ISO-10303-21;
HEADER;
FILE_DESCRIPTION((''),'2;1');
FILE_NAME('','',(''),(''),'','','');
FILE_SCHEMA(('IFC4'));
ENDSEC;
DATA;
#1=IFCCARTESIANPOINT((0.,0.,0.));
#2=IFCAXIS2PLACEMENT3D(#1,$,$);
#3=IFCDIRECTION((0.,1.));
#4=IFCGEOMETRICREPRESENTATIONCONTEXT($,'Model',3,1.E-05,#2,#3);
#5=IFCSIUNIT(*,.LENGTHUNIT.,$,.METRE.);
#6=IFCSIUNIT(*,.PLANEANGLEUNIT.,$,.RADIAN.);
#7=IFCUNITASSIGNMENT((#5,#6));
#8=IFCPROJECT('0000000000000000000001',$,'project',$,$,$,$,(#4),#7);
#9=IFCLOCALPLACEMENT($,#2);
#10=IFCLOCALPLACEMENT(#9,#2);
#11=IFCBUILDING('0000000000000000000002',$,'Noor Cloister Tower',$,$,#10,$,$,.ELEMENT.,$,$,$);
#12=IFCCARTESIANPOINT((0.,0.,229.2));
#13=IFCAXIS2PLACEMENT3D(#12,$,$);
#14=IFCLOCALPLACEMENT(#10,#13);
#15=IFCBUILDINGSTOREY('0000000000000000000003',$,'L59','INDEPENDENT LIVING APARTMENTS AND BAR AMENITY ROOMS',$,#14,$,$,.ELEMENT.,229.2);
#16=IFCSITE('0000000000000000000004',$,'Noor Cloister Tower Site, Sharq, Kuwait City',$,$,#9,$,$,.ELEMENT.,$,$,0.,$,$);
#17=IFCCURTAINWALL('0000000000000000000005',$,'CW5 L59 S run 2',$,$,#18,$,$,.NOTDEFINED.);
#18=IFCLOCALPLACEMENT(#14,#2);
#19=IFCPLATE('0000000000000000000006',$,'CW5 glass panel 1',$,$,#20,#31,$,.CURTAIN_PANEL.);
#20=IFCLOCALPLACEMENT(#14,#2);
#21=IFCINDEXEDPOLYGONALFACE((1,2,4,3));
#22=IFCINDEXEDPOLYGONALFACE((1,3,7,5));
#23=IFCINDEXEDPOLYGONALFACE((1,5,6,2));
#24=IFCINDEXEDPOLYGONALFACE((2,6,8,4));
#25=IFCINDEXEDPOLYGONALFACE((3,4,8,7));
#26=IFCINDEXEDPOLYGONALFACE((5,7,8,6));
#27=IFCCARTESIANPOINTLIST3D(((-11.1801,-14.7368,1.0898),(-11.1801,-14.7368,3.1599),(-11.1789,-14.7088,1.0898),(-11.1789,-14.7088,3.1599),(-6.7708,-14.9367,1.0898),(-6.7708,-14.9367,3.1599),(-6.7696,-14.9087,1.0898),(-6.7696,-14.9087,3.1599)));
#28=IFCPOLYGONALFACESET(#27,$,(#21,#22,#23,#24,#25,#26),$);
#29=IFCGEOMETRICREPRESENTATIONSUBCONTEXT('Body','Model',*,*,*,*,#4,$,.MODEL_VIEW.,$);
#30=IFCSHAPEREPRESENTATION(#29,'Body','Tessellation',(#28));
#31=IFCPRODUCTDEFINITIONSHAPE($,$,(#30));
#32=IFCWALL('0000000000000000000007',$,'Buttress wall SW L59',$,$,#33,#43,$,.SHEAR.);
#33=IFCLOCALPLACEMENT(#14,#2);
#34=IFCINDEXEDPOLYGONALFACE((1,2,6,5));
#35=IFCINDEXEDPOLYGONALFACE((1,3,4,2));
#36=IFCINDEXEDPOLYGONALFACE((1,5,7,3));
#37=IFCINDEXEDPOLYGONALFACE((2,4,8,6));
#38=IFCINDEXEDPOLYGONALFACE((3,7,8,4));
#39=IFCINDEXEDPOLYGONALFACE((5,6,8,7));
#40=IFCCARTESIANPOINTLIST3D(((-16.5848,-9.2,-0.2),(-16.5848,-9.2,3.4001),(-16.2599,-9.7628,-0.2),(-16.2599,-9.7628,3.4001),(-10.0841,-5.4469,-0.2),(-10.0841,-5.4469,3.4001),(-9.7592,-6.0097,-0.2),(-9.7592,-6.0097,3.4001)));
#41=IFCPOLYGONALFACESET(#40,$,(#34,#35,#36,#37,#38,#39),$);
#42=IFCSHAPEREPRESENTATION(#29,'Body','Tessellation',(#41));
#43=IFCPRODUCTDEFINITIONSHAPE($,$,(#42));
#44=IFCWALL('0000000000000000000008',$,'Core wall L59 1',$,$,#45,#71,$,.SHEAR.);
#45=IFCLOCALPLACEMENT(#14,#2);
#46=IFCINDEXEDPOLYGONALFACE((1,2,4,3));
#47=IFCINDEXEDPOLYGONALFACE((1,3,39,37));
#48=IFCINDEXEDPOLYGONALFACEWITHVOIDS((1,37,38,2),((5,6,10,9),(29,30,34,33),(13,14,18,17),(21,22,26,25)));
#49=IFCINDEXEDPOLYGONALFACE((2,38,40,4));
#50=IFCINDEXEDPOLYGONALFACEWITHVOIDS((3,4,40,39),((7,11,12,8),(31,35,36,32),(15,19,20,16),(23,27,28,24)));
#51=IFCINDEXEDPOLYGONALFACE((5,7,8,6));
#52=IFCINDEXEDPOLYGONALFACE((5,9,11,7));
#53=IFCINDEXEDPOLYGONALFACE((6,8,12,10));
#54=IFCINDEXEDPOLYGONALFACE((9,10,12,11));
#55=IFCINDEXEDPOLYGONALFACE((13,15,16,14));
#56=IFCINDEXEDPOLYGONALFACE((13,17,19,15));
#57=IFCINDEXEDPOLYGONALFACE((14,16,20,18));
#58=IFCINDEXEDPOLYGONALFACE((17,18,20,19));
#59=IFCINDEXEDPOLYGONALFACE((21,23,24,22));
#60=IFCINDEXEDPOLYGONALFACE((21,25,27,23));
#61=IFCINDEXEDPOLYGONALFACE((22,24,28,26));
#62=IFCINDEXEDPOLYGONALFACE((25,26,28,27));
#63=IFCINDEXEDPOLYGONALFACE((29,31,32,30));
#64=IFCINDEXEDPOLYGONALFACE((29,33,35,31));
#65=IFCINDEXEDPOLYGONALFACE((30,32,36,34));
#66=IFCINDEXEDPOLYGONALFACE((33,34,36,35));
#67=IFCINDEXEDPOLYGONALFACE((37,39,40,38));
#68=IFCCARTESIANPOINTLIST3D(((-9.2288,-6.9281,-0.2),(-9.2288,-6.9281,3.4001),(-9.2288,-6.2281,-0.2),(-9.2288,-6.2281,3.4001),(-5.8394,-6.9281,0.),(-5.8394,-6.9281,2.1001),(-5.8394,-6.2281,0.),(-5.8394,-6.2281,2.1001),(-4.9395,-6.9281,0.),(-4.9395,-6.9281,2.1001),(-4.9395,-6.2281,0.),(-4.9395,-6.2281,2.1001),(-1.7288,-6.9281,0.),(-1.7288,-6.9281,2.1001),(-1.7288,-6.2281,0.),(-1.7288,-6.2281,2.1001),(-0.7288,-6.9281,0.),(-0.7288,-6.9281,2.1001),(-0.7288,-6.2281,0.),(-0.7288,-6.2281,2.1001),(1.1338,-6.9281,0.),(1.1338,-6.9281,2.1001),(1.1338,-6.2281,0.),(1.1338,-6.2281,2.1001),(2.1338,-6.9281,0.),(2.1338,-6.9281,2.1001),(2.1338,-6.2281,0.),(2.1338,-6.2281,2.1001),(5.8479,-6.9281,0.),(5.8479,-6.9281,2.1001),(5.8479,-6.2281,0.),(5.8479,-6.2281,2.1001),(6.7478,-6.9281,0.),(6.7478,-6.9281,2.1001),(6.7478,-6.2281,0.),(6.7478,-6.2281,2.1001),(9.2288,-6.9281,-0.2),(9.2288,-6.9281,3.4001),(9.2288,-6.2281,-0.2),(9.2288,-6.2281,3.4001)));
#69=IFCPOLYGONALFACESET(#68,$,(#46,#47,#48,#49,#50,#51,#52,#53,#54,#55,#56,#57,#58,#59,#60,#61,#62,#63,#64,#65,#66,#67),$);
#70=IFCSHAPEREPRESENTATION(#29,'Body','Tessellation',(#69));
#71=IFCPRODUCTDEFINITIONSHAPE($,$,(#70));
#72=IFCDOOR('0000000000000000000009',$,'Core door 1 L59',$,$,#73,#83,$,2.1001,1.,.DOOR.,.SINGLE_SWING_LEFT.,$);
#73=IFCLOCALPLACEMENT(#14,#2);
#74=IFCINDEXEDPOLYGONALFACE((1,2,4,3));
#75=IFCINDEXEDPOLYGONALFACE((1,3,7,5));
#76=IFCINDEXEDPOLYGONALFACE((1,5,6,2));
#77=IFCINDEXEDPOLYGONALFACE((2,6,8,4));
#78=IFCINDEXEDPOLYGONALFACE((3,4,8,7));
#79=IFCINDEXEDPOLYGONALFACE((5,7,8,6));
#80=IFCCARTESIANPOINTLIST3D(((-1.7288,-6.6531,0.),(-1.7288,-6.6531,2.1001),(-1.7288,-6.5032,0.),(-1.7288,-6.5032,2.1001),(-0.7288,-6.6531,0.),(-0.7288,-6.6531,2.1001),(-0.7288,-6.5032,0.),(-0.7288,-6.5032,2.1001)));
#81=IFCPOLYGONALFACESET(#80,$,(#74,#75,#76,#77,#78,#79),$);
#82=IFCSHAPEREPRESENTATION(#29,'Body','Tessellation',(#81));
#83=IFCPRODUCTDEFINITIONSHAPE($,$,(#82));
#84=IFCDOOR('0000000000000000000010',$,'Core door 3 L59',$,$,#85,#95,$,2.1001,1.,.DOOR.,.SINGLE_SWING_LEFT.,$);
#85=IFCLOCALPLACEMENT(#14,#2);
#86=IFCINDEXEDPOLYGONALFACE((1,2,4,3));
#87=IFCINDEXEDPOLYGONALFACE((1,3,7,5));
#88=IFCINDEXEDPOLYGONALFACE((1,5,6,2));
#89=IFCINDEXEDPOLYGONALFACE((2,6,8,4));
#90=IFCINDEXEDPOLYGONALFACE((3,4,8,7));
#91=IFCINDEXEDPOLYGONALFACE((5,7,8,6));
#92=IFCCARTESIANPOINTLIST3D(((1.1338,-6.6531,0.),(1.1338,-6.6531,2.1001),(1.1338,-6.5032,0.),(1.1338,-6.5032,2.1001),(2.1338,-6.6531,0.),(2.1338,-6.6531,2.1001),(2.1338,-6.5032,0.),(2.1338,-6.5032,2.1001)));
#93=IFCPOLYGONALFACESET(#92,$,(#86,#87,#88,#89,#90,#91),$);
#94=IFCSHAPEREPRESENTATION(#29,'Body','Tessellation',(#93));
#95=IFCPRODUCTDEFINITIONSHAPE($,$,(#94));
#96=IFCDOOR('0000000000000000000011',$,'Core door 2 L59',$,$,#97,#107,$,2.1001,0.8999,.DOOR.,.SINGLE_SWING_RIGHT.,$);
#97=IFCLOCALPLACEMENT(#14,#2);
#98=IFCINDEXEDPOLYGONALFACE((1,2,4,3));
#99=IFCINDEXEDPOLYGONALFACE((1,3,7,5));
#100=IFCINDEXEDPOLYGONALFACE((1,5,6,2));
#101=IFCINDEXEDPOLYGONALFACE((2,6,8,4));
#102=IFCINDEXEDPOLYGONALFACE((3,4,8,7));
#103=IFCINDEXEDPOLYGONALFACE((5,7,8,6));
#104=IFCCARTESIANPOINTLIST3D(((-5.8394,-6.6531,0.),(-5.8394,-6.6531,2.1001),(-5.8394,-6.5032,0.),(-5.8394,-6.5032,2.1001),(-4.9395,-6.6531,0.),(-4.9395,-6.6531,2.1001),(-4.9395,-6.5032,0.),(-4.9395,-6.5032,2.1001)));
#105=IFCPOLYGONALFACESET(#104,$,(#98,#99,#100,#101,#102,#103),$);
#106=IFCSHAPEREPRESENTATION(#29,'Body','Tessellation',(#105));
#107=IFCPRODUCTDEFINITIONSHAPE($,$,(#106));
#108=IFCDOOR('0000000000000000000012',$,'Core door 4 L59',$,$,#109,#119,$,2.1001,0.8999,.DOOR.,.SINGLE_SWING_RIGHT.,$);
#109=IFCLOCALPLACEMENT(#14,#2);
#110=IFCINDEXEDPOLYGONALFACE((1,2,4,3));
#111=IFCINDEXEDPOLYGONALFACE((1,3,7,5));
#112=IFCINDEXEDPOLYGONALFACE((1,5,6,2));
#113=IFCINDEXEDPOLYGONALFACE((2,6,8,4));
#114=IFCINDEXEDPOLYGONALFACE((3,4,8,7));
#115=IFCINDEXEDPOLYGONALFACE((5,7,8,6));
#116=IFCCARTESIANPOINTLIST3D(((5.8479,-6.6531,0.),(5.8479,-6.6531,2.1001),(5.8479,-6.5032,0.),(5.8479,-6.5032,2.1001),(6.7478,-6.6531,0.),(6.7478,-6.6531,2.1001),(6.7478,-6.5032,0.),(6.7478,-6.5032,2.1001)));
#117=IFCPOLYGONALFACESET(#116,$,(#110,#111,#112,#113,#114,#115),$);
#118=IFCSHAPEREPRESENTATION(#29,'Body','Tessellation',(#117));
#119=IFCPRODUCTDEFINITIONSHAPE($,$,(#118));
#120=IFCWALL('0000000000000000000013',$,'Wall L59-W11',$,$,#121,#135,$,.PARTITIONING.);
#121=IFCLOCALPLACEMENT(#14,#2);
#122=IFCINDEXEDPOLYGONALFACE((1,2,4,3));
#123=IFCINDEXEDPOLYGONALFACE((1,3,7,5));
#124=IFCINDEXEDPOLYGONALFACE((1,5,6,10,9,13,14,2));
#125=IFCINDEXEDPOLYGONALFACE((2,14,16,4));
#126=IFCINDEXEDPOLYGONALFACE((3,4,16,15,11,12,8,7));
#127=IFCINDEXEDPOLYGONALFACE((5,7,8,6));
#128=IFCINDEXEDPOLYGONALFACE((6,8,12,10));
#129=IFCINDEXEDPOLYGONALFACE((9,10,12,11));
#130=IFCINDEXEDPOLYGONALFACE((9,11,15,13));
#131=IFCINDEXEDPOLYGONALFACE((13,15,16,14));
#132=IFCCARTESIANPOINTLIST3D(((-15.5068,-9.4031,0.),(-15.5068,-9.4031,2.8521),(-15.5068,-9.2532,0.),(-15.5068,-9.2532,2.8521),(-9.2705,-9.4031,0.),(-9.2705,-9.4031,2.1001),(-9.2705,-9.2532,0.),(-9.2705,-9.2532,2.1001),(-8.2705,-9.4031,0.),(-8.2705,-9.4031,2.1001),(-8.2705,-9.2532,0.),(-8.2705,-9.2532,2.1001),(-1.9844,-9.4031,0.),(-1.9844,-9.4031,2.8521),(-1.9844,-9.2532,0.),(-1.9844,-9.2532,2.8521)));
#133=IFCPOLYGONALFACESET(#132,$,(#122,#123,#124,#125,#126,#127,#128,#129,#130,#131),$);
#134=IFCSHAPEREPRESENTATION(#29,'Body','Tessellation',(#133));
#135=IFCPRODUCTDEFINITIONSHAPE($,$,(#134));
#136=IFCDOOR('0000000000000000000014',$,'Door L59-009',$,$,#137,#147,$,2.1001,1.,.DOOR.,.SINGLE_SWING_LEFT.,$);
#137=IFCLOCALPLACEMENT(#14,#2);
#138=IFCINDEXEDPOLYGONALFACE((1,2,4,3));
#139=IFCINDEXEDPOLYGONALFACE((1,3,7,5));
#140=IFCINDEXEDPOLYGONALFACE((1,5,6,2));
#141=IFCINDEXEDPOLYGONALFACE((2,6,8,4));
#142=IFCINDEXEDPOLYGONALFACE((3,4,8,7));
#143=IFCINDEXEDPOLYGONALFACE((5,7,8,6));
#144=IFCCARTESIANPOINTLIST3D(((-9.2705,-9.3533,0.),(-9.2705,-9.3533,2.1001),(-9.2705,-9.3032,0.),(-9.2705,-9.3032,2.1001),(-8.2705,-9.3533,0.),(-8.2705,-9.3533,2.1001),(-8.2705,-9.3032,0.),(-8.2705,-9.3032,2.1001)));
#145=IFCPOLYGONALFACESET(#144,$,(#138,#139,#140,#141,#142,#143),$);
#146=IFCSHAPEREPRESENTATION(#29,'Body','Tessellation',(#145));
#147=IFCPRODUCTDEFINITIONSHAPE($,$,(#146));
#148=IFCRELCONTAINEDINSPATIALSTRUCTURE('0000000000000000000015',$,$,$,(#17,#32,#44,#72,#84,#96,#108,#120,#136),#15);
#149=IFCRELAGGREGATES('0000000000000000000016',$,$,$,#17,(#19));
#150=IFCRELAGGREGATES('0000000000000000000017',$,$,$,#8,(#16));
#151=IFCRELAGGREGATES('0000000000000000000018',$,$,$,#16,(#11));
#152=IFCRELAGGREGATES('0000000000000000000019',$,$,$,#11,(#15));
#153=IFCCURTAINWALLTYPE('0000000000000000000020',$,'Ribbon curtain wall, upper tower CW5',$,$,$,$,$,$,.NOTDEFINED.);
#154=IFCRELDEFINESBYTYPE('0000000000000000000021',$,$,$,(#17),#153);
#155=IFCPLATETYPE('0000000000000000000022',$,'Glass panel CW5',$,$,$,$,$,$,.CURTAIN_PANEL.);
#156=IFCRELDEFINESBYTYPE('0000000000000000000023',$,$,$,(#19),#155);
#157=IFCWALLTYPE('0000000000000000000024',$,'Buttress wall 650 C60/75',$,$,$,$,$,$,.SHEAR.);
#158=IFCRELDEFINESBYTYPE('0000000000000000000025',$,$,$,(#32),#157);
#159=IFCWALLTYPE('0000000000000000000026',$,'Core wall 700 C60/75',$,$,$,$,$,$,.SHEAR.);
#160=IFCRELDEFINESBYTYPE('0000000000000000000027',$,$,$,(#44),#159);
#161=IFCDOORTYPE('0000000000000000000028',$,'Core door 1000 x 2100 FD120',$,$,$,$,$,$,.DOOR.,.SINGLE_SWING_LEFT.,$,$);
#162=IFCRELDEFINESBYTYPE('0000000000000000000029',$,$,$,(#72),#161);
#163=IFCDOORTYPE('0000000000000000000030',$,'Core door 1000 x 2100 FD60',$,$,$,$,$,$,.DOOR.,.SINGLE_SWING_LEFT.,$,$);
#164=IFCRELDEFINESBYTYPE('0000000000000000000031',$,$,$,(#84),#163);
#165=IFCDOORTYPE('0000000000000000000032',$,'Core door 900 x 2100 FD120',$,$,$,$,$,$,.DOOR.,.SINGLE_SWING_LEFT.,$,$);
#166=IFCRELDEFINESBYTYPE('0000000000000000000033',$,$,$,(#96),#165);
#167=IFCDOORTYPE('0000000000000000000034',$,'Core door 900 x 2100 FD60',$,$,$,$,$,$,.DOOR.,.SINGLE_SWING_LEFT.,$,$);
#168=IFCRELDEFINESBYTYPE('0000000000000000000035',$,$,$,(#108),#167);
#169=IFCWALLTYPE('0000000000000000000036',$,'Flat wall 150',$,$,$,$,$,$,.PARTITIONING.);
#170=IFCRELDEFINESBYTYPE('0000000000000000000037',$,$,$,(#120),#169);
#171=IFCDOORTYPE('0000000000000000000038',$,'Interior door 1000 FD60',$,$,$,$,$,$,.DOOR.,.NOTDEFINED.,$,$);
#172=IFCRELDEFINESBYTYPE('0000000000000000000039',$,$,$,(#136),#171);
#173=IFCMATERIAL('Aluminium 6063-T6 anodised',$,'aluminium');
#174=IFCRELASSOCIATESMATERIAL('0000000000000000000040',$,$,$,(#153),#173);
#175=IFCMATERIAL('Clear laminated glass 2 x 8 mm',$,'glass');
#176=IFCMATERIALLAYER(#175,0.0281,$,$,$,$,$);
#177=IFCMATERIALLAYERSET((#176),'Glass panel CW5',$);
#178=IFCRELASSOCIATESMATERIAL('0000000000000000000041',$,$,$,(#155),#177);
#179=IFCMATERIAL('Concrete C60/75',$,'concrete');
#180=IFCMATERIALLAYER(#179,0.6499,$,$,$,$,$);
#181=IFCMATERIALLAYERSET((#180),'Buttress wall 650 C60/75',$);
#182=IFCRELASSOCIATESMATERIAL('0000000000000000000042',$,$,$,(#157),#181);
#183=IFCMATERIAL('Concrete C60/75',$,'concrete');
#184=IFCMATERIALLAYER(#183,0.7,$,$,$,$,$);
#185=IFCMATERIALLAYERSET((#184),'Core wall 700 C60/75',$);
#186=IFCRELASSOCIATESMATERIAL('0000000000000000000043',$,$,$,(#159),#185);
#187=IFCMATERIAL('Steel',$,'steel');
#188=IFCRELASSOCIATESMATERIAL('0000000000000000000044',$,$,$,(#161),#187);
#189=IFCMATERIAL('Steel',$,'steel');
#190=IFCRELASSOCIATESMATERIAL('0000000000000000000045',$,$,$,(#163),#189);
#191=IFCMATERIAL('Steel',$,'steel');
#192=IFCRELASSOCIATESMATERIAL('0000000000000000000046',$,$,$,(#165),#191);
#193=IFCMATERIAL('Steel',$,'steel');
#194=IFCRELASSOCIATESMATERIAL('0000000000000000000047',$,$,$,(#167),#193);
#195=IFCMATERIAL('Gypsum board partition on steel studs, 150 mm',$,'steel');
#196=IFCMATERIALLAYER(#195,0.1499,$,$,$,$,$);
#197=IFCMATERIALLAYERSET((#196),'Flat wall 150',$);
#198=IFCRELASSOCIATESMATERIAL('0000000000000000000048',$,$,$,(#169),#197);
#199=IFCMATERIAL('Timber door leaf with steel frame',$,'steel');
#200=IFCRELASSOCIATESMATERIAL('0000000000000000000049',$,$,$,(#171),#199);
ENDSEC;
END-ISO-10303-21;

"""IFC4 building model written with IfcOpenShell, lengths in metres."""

from ifc_helpers import new_model, si_unit, direction, frame, frame_2d, origin, origin_2d, place, context, subcontext, project, spatial, rectangle, extrude, material, layer, layer_set, type_object, element, fill, aggregate, save


model = new_model("IFC4")

# Units and contexts
model_context = context("Model", 3, precision=1e-05, world=origin(), true_north=direction((0.0, 1.0)))
body_context = subcontext(model_context, "Body", "Model", "MODEL_VIEW")
ifc_project = project(units=[si_unit("LENGTHUNIT", "METRE"), si_unit("PLANEANGLEUNIT", "RADIAN")], contexts=[model_context])

# Site, building, storey
site_placement = place(None, origin())
site = spatial("IfcSite", under=ifc_project, at=site_placement, Name="Noor Cloister Tower Site, Sharq, Kuwait City", CompositionType="ELEMENT", RefElevation=0.0)
building_placement = place(site_placement, origin())
building = spatial("IfcBuilding", under=site, at=building_placement, Name="Noor Cloister Tower", CompositionType="ELEMENT")
storey_placement = place(building_placement, frame((0.0, 0.0, 229.2)))
storey = spatial("IfcBuildingStorey", under=building, at=storey_placement, Name="L59", Description="INDEPENDENT LIVING APARTMENTS AND BAR AMENITY ROOMS", CompositionType="ELEMENT", Elevation=229.2)

# Curtain wall
ifc_material_1 = material(Name="Aluminium 6063-T6 anodised", Category="aluminium")
curtain_wall_type = type_object("IfcCurtainWallType", Name="Ribbon curtain wall, upper tower CW5", PredefinedType="NOTDEFINED", material=ifc_material_1)
curtain_wall_placement = place(storey_placement, origin())
curtain_wall = element("IfcCurtainWall", 1, at=curtain_wall_placement, inside=storey, type_object=curtain_wall_type, Name="CW5 L59 S run 2", PredefinedType="NOTDEFINED")

# Plate
ifc_material_2 = material(Name="Clear laminated glass 2 x 8 mm", Category="glass")
ifc_layer_1 = layer(ifc_material_2, 0.0281)
ifc_layer_set_1 = layer_set([ifc_layer_1], Name="Glass panel CW5")
plate_type = type_object("IfcPlateType", Name="Glass panel CW5", PredefinedType="CURTAIN_PANEL", material=ifc_layer_set_1)
plate_placement = place(storey_placement, frame((-8.9749, -14.8228, 1.0898), z_axis=(0.0, 0.0, 1.0), x_axis=(0.998974, -0.045286, 0.0)))
plate = element("IfcPlate", 2, at=plate_placement, type_object=plate_type, Name="CW5 glass panel 1", PredefinedType="CURTAIN_PANEL", context=body_context, shape_type="SweptSolid", body=[
    extrude(rectangle(XDim=4.4138, YDim=0.0281, at=origin_2d()), origin(), (0.0, 0.0, 1.0), 2.0701),
])
aggregate(curtain_wall, [plate])

# Wall
ifc_material_3 = material(Name="Concrete C60/75", Category="concrete")
ifc_layer_2 = layer(ifc_material_3, 0.6499)
ifc_layer_set_2 = layer_set([ifc_layer_2], Name="Buttress wall 650 C60/75")
wall_type_1 = type_object("IfcWallType", Name="Buttress wall 650 C60/75", PredefinedType="SHEAR", material=ifc_layer_set_2)
wall_1_placement = place(storey_placement, frame((-9.9216, -5.7283, -0.2), z_axis=(0.0, 0.0, 1.0), x_axis=(-0.866027, -0.499997, 0.0)))
element("IfcWall", 3, at=wall_1_placement, inside=storey, type_object=wall_type_1, Name="Buttress wall SW L59", PredefinedType="SHEAR", context=body_context, shape_type="SweptSolid", body=[
    extrude(rectangle(XDim=7.5063, YDim=0.6499, at=frame_2d((3.7532, 0.0))), origin(), (0.0, 0.0, 1.0), 3.6001),
])

# Wall, openings, doors
ifc_material_4 = material(Name="Concrete C60/75", Category="concrete")
ifc_layer_3 = layer(ifc_material_4, 0.7)
ifc_layer_set_3 = layer_set([ifc_layer_3], Name="Core wall 700 C60/75")
wall_type_2 = type_object("IfcWallType", Name="Core wall 700 C60/75", PredefinedType="SHEAR", material=ifc_layer_set_3)
wall_2_placement = place(storey_placement, frame((-9.2288, -6.5781, -0.2), z_axis=(0.0, 0.0, 1.0), x_axis=(1.0, 0.0, 0.0)))
wall_2 = element("IfcWall", 4, at=wall_2_placement, inside=storey, type_object=wall_type_2, Name="Core wall L59 1", PredefinedType="SHEAR", context=body_context, shape_type="SweptSolid", body=[
    extrude(rectangle(XDim=18.4575, YDim=0.7, at=frame_2d((9.2288, 0.0))), origin(), (0.0, 0.0, 1.0), 3.6001),
])
opening_1_placement = place(wall_2_placement, frame((7.5, 0.0, 0.2)))
opening_1 = element("IfcOpeningElement", 5, at=opening_1_placement, cuts=wall_2, PredefinedType="OPENING", context=body_context, shape_type="SweptSolid", body=[
    extrude(rectangle(XDim=1.0, YDim=2.1001, at=frame_2d((0.5, 1.05))), frame((0.0, 0.3599, 0.0), z_axis=(0.0, -1.0, 0.0), x_axis=(1.0, 0.0, 0.0)), (0.0, 0.0, 1.0), 0.72),
])
opening_2_placement = place(wall_2_placement, frame((3.3894, 0.0, 0.2)))
opening_2 = element("IfcOpeningElement", 6, at=opening_2_placement, cuts=wall_2, PredefinedType="OPENING", context=body_context, shape_type="SweptSolid", body=[
    extrude(rectangle(XDim=0.8999, YDim=2.1001, at=frame_2d((0.45, 1.05))), frame((0.0, 0.3599, 0.0), z_axis=(0.0, -1.0, 0.0), x_axis=(1.0, 0.0, 0.0)), (0.0, 0.0, 1.0), 0.72),
])
opening_3_placement = place(wall_2_placement, frame((10.3625, 0.0, 0.2)))
opening_3 = element("IfcOpeningElement", 7, at=opening_3_placement, cuts=wall_2, PredefinedType="OPENING", context=body_context, shape_type="SweptSolid", body=[
    extrude(rectangle(XDim=1.0, YDim=2.1001, at=frame_2d((0.5, 1.05))), frame((0.0, 0.3599, 0.0), z_axis=(0.0, -1.0, 0.0), x_axis=(1.0, 0.0, 0.0)), (0.0, 0.0, 1.0), 0.72),
])
opening_4_placement = place(wall_2_placement, frame((15.0767, 0.0, 0.2)))
opening_4 = element("IfcOpeningElement", 8, at=opening_4_placement, cuts=wall_2, PredefinedType="OPENING", context=body_context, shape_type="SweptSolid", body=[
    extrude(rectangle(XDim=0.8999, YDim=2.1001, at=frame_2d((0.45, 1.05))), frame((0.0, 0.3599, 0.0), z_axis=(0.0, -1.0, 0.0), x_axis=(1.0, 0.0, 0.0)), (0.0, 0.0, 1.0), 0.72),
])
ifc_material_5 = material(Name="Steel", Category="steel")
door_type_1 = type_object("IfcDoorType", Name="Core door 1000 x 2100 FD120", OperationType="SINGLE_SWING_LEFT", PredefinedType="DOOR", material=ifc_material_5)
door_1_placement = place(opening_1_placement, origin())
door_1 = element("IfcDoor", 9, at=door_1_placement, inside=storey, type_object=door_type_1, Name="Core door 1 L59", OperationType="SINGLE_SWING_LEFT", OverallHeight=2.1001, OverallWidth=1.0, PredefinedType="DOOR", context=body_context, shape_type="SweptSolid", body=[
    extrude(rectangle(XDim=1.0, YDim=2.1001, at=frame_2d((0.5, 1.05))), frame((0.0, 0.075, 0.0), z_axis=(0.0, -1.0, 0.0), x_axis=(1.0, 0.0, 0.0)), (0.0, 0.0, 1.0), 0.1499),
])
fill(opening_1, door_1)
ifc_material_6 = material(Name="Steel", Category="steel")
door_type_2 = type_object("IfcDoorType", Name="Core door 1000 x 2100 FD60", OperationType="SINGLE_SWING_LEFT", PredefinedType="DOOR", material=ifc_material_6)
door_2_placement = place(opening_3_placement, origin())
door_2 = element("IfcDoor", 10, at=door_2_placement, inside=storey, type_object=door_type_2, Name="Core door 3 L59", OperationType="SINGLE_SWING_LEFT", OverallHeight=2.1001, OverallWidth=1.0, PredefinedType="DOOR", context=body_context, shape_type="SweptSolid", body=[
    extrude(rectangle(XDim=1.0, YDim=2.1001, at=frame_2d((0.5, 1.05))), frame((0.0, 0.075, 0.0), z_axis=(0.0, -1.0, 0.0), x_axis=(1.0, 0.0, 0.0)), (0.0, 0.0, 1.0), 0.1499),
])
fill(opening_3, door_2)
ifc_material_7 = material(Name="Steel", Category="steel")
door_type_3 = type_object("IfcDoorType", Name="Core door 900 x 2100 FD120", OperationType="SINGLE_SWING_LEFT", PredefinedType="DOOR", material=ifc_material_7)
door_3_placement = place(opening_2_placement, origin())
door_3 = element("IfcDoor", 11, at=door_3_placement, inside=storey, type_object=door_type_3, Name="Core door 2 L59", OperationType="SINGLE_SWING_RIGHT", OverallHeight=2.1001, OverallWidth=0.8999, PredefinedType="DOOR", context=body_context, shape_type="SweptSolid", body=[
    extrude(rectangle(XDim=0.8999, YDim=2.1001, at=frame_2d((0.45, 1.05))), frame((0.0, 0.075, 0.0), z_axis=(0.0, -1.0, 0.0), x_axis=(1.0, 0.0, 0.0)), (0.0, 0.0, 1.0), 0.1499),
])
fill(opening_2, door_3)
ifc_material_8 = material(Name="Steel", Category="steel")
door_type_4 = type_object("IfcDoorType", Name="Core door 900 x 2100 FD60", OperationType="SINGLE_SWING_LEFT", PredefinedType="DOOR", material=ifc_material_8)
door_4_placement = place(opening_4_placement, origin())
door_4 = element("IfcDoor", 12, at=door_4_placement, inside=storey, type_object=door_type_4, Name="Core door 4 L59", OperationType="SINGLE_SWING_RIGHT", OverallHeight=2.1001, OverallWidth=0.8999, PredefinedType="DOOR", context=body_context, shape_type="SweptSolid", body=[
    extrude(rectangle(XDim=0.8999, YDim=2.1001, at=frame_2d((0.45, 1.05))), frame((0.0, 0.075, 0.0), z_axis=(0.0, -1.0, 0.0), x_axis=(1.0, 0.0, 0.0)), (0.0, 0.0, 1.0), 0.1499),
])
fill(opening_4, door_4)

# Wall, opening, door
ifc_material_9 = material(Name="Gypsum board partition on steel studs, 150 mm", Category="steel")
ifc_layer_4 = layer(ifc_material_9, 0.1499)
ifc_layer_set_4 = layer_set([ifc_layer_4], Name="Flat wall 150")
wall_type_3 = type_object("IfcWallType", Name="Flat wall 150", PredefinedType="PARTITIONING", material=ifc_layer_set_4)
wall_3_placement = place(storey_placement, frame((-15.5068, -9.3281, 0.0), z_axis=(0.0, 0.0, 1.0), x_axis=(1.0, 0.0, 0.0)))
wall_3 = element("IfcWall", 13, at=wall_3_placement, inside=storey, type_object=wall_type_3, Name="Wall L59-W11", PredefinedType="PARTITIONING", context=body_context, shape_type="SweptSolid", body=[
    extrude(rectangle(XDim=13.5225, YDim=0.1499, at=frame_2d((6.7612, 0.0))), origin(), (0.0, 0.0, 1.0), 2.8521),
])
opening_5_placement = place(wall_3_placement, frame((6.2363, 0.0, 0.0)))
opening_5 = element("IfcOpeningElement", 14, at=opening_5_placement, cuts=wall_3, PredefinedType="OPENING", context=body_context, shape_type="SweptSolid", body=[
    extrude(rectangle(XDim=1.0, YDim=2.1001, at=frame_2d((0.5, 1.05))), frame((0.0, 0.085, 0.0), z_axis=(0.0, -1.0, 0.0), x_axis=(1.0, 0.0, 0.0)), (0.0, 0.0, 1.0), 0.1699),
])
ifc_material_10 = material(Name="Timber door leaf with steel frame", Category="steel")
door_type_5 = type_object("IfcDoorType", Name="Interior door 1000 FD60", OperationType="NOTDEFINED", PredefinedType="DOOR", material=ifc_material_10)
door_5_placement = place(opening_5_placement, origin())
door_5 = element("IfcDoor", 15, at=door_5_placement, inside=storey, type_object=door_type_5, Name="Door L59-009", OperationType="SINGLE_SWING_LEFT", OverallHeight=2.1001, OverallWidth=1.0, PredefinedType="DOOR", context=body_context, shape_type="SweptSolid", body=[
    extrude(rectangle(XDim=1.0, YDim=2.1001, at=frame_2d((0.5, 1.05))), frame((0.0, 0.0249, 0.0), z_axis=(0.0, -1.0, 0.0), x_axis=(1.0, 0.0, 0.0)), (0.0, 0.0, 1.0), 0.05),
])
fill(opening_5, door_5)

save(model, "model.ifc")
